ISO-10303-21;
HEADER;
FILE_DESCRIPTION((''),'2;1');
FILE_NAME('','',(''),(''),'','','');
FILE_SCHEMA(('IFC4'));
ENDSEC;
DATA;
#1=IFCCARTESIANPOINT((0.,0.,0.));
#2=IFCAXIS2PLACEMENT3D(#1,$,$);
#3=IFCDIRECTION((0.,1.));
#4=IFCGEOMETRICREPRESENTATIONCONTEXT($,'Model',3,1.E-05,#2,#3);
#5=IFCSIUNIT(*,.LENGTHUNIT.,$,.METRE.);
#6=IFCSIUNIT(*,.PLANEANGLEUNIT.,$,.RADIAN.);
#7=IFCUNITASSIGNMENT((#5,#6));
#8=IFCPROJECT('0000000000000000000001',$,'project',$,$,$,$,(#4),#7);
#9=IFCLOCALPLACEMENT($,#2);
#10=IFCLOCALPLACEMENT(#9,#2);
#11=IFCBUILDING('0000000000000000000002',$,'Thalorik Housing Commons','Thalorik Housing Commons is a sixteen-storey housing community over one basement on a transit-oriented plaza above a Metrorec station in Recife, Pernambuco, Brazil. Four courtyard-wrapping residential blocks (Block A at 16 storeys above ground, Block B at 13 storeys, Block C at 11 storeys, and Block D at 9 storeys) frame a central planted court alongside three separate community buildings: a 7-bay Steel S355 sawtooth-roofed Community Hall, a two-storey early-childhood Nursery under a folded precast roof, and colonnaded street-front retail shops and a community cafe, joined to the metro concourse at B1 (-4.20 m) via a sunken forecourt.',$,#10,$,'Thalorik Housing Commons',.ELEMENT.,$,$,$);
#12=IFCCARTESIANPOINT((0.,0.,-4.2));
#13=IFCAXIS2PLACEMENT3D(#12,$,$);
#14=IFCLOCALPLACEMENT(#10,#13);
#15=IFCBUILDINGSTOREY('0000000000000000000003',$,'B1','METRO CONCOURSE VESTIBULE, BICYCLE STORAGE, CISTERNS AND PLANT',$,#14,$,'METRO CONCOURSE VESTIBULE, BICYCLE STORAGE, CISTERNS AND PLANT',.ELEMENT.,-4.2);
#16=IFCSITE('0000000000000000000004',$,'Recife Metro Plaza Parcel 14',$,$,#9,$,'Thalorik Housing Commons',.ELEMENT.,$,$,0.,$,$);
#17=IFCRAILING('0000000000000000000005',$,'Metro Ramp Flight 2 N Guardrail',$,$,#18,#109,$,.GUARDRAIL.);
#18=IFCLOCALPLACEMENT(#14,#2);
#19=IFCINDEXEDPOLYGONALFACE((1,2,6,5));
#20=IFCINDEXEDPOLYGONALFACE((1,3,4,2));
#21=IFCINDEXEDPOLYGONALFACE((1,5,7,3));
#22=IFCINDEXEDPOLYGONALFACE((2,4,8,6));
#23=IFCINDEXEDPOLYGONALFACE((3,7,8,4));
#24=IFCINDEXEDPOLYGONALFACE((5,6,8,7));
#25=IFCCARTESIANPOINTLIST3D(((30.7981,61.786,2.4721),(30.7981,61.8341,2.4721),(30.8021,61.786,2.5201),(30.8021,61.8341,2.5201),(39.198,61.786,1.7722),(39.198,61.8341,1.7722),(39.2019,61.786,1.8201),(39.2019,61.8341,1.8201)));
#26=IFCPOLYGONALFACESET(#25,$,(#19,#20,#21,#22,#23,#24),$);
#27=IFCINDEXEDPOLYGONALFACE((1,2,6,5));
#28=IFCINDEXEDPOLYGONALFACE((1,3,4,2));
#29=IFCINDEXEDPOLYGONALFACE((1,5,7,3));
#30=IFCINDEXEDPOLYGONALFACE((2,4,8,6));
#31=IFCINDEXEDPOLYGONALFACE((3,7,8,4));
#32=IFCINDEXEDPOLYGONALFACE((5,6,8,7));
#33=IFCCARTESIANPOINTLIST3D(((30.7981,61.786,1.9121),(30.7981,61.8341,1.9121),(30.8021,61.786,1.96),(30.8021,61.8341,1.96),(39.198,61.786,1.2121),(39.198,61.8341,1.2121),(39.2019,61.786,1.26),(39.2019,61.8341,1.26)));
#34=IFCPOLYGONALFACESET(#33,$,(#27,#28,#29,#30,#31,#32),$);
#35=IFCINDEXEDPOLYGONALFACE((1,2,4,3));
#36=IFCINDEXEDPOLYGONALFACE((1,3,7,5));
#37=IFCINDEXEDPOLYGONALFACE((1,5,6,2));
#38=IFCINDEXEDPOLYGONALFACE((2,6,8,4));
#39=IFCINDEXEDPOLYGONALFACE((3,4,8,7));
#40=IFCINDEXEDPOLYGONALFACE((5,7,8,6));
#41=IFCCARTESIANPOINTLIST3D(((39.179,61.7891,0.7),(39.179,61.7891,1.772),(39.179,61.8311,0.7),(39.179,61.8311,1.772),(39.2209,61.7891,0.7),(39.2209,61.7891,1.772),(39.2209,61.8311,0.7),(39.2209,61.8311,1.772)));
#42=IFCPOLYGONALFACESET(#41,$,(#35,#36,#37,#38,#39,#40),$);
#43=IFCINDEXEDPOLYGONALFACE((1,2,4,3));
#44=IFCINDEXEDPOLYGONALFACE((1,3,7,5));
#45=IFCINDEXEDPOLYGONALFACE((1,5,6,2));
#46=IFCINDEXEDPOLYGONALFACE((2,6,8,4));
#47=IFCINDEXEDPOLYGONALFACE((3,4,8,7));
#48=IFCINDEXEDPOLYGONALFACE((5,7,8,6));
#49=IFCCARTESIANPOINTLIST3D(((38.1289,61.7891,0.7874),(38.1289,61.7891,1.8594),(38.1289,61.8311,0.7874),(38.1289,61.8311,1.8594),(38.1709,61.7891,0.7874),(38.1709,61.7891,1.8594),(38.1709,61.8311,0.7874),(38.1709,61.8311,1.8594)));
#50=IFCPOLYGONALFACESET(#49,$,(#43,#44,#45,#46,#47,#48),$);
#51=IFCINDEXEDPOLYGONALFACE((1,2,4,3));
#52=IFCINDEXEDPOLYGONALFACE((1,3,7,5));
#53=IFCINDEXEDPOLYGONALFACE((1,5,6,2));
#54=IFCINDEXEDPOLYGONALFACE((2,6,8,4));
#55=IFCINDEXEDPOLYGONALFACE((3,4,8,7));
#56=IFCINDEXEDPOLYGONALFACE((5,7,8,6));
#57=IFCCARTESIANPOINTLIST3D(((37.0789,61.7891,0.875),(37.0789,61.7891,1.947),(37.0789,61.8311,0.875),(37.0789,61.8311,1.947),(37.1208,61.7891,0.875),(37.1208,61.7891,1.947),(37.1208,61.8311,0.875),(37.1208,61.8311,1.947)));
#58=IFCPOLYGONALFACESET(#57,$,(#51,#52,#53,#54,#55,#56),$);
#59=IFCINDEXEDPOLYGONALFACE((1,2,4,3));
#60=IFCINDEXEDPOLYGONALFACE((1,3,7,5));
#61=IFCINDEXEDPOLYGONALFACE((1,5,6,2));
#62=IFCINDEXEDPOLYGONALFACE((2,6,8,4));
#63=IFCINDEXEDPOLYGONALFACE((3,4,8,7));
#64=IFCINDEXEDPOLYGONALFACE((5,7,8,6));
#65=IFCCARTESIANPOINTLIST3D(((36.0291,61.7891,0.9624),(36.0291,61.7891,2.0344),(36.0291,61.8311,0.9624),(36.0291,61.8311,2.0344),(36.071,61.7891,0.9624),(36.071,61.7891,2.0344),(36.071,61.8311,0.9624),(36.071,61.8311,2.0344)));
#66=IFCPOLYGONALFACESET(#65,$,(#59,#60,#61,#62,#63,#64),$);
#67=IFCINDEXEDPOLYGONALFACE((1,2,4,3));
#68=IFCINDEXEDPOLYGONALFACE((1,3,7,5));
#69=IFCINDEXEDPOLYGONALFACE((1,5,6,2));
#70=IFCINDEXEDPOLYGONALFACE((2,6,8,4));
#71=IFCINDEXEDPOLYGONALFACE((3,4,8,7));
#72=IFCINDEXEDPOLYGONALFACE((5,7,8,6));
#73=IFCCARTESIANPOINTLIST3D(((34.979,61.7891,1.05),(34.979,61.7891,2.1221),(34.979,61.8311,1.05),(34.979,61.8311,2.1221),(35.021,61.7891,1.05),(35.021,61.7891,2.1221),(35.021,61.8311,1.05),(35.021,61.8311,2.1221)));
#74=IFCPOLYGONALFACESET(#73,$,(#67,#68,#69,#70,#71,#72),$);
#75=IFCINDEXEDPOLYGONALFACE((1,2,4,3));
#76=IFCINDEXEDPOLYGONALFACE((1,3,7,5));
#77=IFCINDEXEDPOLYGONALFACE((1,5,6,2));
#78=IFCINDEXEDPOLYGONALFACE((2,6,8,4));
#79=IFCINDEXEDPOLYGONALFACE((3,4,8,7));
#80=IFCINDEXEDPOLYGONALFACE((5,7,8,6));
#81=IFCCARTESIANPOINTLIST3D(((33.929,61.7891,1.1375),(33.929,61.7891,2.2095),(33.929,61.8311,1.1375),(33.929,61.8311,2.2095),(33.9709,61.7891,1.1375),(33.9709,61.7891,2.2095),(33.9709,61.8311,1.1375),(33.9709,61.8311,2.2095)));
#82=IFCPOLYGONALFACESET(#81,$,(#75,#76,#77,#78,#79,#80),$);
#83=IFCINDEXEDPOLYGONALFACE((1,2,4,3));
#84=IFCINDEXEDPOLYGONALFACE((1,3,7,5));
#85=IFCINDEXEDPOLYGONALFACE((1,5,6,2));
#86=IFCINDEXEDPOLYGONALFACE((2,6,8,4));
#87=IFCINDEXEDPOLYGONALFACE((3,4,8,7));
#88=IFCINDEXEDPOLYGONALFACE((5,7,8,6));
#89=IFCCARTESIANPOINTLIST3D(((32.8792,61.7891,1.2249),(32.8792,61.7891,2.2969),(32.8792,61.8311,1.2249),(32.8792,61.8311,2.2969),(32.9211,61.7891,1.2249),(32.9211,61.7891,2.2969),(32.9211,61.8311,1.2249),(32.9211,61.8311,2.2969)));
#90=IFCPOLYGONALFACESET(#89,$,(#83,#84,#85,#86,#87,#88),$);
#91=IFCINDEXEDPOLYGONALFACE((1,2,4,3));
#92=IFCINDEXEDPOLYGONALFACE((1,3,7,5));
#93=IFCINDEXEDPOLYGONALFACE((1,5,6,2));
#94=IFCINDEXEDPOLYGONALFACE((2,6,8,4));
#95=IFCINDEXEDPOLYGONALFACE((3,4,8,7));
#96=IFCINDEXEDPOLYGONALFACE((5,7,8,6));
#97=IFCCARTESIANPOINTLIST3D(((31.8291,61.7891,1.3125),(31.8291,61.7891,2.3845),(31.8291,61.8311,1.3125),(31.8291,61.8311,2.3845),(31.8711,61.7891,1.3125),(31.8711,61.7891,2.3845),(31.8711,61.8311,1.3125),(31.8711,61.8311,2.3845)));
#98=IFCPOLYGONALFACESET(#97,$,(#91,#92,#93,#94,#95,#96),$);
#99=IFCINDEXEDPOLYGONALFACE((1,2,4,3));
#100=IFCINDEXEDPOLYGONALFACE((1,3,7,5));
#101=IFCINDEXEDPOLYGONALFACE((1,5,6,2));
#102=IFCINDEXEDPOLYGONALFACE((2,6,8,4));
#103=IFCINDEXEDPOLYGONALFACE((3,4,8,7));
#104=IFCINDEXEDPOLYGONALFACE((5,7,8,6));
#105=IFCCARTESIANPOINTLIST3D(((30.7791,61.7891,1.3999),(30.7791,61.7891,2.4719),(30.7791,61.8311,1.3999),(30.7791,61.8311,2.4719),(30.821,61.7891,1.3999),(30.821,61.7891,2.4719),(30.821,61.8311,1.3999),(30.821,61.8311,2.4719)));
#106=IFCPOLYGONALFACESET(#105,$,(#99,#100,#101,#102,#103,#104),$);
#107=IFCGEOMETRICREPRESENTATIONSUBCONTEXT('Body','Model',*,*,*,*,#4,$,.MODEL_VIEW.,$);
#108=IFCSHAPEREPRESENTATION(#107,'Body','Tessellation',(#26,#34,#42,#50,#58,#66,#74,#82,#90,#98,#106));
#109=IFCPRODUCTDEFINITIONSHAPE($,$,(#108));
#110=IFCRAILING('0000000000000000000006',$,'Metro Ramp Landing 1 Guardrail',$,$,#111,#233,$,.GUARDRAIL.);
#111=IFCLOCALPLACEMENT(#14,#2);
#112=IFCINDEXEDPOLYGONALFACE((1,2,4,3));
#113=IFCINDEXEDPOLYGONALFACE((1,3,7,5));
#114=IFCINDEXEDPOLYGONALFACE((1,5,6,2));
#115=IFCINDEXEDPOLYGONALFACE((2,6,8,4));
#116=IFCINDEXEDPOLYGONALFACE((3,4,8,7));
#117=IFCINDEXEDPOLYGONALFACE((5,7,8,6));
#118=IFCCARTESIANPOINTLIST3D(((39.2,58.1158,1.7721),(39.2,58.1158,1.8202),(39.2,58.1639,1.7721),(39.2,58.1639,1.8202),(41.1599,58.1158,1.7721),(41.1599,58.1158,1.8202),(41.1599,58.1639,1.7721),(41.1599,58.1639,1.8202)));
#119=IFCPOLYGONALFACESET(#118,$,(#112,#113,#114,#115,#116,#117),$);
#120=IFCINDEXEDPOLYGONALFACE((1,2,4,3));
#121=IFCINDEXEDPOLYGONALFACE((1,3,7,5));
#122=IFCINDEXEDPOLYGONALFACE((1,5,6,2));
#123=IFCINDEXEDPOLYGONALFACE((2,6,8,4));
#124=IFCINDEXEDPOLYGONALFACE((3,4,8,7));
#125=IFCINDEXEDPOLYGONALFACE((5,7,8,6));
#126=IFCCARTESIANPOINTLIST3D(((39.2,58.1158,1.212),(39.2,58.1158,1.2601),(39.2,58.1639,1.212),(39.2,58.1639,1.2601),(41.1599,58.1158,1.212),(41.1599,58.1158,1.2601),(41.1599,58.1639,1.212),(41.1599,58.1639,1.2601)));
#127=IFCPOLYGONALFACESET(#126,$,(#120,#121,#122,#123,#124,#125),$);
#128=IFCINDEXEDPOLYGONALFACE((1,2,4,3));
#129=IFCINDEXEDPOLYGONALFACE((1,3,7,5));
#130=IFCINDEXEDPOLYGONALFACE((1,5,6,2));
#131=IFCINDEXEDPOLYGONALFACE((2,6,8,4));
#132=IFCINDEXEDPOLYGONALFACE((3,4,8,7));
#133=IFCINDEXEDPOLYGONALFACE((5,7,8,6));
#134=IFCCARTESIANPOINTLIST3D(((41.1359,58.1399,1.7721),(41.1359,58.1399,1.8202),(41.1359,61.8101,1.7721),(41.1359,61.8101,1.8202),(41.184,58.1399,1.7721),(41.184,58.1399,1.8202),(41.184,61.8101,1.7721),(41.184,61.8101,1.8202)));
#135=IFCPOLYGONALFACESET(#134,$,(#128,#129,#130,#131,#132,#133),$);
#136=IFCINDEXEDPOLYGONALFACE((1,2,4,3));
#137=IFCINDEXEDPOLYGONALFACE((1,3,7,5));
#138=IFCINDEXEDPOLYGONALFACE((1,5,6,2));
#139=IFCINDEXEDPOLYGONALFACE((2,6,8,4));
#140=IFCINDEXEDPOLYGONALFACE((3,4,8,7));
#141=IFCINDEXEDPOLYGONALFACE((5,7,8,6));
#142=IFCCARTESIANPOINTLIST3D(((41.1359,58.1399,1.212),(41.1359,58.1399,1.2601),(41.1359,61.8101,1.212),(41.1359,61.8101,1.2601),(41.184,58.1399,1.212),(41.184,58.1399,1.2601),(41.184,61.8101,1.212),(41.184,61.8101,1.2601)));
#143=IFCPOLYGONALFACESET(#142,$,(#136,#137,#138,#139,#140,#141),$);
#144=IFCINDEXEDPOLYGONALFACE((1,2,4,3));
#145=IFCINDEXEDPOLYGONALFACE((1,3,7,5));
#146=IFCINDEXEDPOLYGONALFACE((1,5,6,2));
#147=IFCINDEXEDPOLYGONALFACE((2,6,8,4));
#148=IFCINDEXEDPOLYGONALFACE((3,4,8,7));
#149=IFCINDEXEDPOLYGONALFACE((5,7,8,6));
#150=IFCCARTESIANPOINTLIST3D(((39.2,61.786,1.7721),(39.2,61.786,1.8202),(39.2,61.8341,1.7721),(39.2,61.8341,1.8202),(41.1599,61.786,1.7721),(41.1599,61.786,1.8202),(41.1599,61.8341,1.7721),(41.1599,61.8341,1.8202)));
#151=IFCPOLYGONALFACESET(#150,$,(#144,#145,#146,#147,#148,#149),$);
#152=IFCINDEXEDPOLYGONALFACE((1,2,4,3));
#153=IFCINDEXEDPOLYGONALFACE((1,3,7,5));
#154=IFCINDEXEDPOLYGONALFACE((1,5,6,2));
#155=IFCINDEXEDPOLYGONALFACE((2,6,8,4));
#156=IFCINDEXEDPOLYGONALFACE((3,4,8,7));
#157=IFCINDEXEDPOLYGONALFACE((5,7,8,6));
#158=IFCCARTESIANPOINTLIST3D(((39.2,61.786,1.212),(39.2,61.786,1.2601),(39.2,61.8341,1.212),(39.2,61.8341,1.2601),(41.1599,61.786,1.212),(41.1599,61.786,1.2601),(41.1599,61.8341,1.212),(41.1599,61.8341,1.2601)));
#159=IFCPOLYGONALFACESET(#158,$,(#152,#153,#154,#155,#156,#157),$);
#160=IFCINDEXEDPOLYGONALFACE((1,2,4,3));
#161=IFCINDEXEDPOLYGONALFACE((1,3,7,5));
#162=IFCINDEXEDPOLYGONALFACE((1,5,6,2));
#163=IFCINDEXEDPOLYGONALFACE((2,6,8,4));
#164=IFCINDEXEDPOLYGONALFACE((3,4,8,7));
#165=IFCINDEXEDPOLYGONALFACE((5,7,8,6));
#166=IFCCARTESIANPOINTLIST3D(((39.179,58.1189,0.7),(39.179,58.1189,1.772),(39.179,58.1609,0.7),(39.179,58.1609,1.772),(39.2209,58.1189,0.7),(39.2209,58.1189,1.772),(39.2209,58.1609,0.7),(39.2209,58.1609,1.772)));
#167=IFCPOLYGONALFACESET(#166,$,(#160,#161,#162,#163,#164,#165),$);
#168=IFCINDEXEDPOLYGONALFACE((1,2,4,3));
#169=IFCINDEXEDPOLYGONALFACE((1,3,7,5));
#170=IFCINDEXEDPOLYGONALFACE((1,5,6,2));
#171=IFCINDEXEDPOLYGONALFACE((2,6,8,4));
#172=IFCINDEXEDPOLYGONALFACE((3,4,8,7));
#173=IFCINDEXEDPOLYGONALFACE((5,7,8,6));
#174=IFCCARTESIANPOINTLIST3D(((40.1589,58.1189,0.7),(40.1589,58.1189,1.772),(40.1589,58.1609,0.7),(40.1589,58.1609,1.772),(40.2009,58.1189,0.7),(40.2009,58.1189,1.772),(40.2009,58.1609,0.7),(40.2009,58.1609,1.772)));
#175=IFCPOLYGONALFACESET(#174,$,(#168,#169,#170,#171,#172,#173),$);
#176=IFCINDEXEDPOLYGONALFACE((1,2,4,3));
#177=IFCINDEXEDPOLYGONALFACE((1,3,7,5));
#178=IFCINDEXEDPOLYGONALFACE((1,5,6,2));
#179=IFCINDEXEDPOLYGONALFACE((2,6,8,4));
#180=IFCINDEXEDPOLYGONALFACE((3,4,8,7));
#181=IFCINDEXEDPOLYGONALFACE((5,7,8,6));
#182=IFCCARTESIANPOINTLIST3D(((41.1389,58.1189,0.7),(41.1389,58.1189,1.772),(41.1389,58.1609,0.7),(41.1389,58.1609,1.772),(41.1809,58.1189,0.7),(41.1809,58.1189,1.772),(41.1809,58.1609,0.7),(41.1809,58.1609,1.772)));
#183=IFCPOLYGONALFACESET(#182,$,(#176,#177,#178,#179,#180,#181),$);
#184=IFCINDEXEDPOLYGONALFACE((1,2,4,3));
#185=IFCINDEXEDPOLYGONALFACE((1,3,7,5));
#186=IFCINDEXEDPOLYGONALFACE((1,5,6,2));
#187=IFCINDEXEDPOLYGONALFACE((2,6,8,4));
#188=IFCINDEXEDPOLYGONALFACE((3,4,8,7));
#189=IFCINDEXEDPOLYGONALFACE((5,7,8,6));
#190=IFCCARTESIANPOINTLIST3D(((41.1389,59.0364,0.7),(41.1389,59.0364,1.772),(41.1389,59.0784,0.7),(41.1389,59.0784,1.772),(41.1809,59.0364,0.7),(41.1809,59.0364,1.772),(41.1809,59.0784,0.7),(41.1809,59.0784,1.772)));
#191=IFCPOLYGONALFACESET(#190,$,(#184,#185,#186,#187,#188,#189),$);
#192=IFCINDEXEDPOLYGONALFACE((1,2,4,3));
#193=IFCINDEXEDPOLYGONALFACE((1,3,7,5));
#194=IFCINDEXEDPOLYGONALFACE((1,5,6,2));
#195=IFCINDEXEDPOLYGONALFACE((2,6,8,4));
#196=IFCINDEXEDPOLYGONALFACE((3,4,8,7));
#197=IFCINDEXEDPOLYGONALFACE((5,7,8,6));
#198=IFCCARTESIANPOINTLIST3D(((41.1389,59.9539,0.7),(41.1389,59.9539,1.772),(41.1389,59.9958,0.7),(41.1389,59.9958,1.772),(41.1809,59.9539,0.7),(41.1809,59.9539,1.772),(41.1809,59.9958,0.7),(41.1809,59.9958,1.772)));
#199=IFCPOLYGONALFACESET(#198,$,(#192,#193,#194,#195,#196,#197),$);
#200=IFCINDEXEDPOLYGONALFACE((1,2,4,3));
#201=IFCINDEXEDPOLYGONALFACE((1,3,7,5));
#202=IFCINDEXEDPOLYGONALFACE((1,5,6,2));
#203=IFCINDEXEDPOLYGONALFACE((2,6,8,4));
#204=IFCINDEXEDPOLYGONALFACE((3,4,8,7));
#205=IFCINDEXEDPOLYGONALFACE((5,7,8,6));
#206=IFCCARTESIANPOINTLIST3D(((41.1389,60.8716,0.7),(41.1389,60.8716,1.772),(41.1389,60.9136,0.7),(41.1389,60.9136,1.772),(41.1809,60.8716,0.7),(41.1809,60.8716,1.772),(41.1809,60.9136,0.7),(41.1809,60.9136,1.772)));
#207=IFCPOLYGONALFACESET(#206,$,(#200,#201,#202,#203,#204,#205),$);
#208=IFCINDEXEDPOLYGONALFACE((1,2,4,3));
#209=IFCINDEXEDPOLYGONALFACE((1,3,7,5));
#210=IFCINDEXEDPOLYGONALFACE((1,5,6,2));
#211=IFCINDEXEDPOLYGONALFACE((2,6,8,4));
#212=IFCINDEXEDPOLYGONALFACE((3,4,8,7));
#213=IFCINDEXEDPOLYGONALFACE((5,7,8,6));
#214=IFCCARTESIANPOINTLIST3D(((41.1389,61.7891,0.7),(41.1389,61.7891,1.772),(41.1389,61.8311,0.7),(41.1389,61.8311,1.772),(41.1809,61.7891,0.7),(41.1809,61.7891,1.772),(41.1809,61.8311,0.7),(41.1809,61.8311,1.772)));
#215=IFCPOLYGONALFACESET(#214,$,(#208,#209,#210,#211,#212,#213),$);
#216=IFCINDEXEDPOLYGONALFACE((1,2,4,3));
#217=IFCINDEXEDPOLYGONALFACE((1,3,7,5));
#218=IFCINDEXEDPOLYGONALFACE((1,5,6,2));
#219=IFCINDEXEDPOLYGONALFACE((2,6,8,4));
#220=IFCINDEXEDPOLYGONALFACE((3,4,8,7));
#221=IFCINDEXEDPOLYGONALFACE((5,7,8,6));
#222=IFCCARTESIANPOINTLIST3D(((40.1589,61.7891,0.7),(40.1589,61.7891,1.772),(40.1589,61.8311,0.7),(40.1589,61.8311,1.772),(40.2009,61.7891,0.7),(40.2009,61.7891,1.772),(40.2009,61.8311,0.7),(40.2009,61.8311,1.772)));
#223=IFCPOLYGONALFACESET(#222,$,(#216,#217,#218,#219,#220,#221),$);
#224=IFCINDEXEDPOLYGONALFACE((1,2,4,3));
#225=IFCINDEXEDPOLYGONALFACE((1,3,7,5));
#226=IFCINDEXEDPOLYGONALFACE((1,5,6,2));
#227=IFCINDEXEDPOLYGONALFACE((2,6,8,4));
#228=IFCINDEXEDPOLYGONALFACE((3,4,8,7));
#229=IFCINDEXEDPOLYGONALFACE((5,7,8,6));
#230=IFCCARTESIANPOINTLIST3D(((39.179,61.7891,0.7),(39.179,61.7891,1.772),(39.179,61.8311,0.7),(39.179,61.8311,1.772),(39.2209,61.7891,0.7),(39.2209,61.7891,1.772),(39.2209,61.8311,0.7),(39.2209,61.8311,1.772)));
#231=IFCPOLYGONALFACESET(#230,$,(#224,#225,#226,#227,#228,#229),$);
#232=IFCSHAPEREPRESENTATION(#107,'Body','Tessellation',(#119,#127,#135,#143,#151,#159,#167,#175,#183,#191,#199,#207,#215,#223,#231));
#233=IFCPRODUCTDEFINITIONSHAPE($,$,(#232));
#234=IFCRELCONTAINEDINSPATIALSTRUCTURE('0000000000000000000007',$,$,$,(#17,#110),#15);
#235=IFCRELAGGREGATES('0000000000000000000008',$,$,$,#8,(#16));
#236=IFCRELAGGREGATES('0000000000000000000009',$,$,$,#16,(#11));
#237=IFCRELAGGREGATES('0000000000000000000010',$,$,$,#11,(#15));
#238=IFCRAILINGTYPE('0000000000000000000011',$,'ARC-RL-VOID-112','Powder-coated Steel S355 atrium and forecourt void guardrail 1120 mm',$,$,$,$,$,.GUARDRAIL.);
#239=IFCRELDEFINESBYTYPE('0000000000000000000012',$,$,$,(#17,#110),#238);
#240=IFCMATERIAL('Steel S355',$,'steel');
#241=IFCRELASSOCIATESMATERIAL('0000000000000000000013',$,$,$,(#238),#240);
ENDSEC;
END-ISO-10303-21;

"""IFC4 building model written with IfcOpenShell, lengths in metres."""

from ifc_helpers import new_model, si_unit, direction, frame, origin, origin_2d, place, context, subcontext, project, spatial, rectangle, extrude, material, type_object, element, save


model = new_model("IFC4")

# Units and contexts
model_context = context("Model", 3, precision=1e-05, world=origin(), true_north=direction((0.0, 1.0)))
body_context = subcontext(model_context, "Body", "Model", "MODEL_VIEW")
ifc_project = project(units=[si_unit("LENGTHUNIT", "METRE"), si_unit("PLANEANGLEUNIT", "RADIAN")], contexts=[model_context])

# Site, building, storey
site_placement = place(None, origin())
site = spatial("IfcSite", under=ifc_project, at=site_placement, Name="Recife Metro Plaza Parcel 14", LongName="Thalorik Housing Commons", CompositionType="ELEMENT", RefElevation=0.0)
building_placement = place(site_placement, origin())
building = spatial("IfcBuilding", under=site, at=building_placement, Name="Thalorik Housing Commons", Description="Thalorik Housing Commons is a sixteen-storey housing community over one basement on a transit-oriented plaza above a Metrorec station in Recife, Pernambuco, Brazil. Four courtyard-wrapping residential blocks (Block A at 16 storeys above ground, Block B at 13 storeys, Block C at 11 storeys, and Block D at 9 storeys) frame a central planted court alongside three separate community buildings: a 7-bay Steel S355 sawtooth-roofed Community Hall, a two-storey early-childhood Nursery under a folded precast roof, and colonnaded street-front retail shops and a community cafe, joined to the metro concourse at B1 (-4.20 m) via a sunken forecourt.", LongName="Thalorik Housing Commons", CompositionType="ELEMENT")
storey_placement = place(building_placement, frame((0.0, 0.0, -4.2)))
storey = spatial("IfcBuildingStorey", under=building, at=storey_placement, Name="B1", Description="METRO CONCOURSE VESTIBULE, BICYCLE STORAGE, CISTERNS AND PLANT", LongName="METRO CONCOURSE VESTIBULE, BICYCLE STORAGE, CISTERNS AND PLANT", CompositionType="ELEMENT", Elevation=-4.2)

# Railings
ifc_material_1 = material(Name="Steel S355", Category="steel")
railing_type_1 = type_object("IfcRailingType", Name="ARC-RL-VOID-112", Description="Powder-coated Steel S355 atrium and forecourt void guardrail 1120 mm", PredefinedType="GUARDRAIL", material=ifc_material_1)
railing_1_placement = place(storey_placement, frame((39.2, 61.8101, 0.7)))
element("IfcRailing", 1, at=railing_1_placement, inside=storey, type_object=railing_type_1, Name="Metro Ramp Flight 2 N Guardrail", PredefinedType="GUARDRAIL", context=body_context, shape_type="SweptSolid", body=[
    extrude(rectangle(XDim=0.0481, YDim=0.0481, at=origin_2d()), frame((0.0, 0.0, 1.0962), z_axis=(-0.996546, 0.0, 0.083041), x_axis=(0.0, -1.0, 0.0)), (0.0, 0.0, 1.0), 8.429),
    extrude(rectangle(XDim=0.0481, YDim=0.0481, at=origin_2d()), frame((0.0, 0.0, 0.5361), z_axis=(-0.996546, 0.0, 0.083041), x_axis=(0.0, -1.0, 0.0)), (0.0, 0.0, 1.0), 8.429),
    extrude(rectangle(XDim=0.042, YDim=0.042, at=origin_2d()), origin(), (0.0, 0.0, 1.0), 1.072),
    extrude(rectangle(XDim=0.042, YDim=0.042, at=origin_2d()), frame((-1.05, 0.0, 0.0874)), (0.0, 0.0, 1.0), 1.072),
    extrude(rectangle(XDim=0.042, YDim=0.042, at=origin_2d()), frame((-2.1001, 0.0, 0.175)), (0.0, 0.0, 1.0), 1.072),
    extrude(rectangle(XDim=0.042, YDim=0.042, at=origin_2d()), frame((-3.1499, 0.0, 0.2625)), (0.0, 0.0, 1.0), 1.072),
    extrude(rectangle(XDim=0.042, YDim=0.042, at=origin_2d()), frame((-4.2, 0.0, 0.3501)), (0.0, 0.0, 1.0), 1.072),
    extrude(rectangle(XDim=0.042, YDim=0.042, at=origin_2d()), frame((-5.25, 0.0, 0.4375)), (0.0, 0.0, 1.0), 1.072),
    extrude(rectangle(XDim=0.042, YDim=0.042, at=origin_2d()), frame((-6.2998, 0.0, 0.5249)), (0.0, 0.0, 1.0), 1.072),
    extrude(rectangle(XDim=0.042, YDim=0.042, at=origin_2d()), frame((-7.3499, 0.0, 0.6125)), (0.0, 0.0, 1.0), 1.072),
    extrude(rectangle(XDim=0.042, YDim=0.042, at=origin_2d()), frame((-8.3999, 0.0, 0.7)), (0.0, 0.0, 1.0), 1.072),
])
railing_2_placement = place(storey_placement, frame((39.2, 58.1399, 0.7)))
element("IfcRailing", 2, at=railing_2_placement, inside=storey, type_object=railing_type_1, Name="Metro Ramp Landing 1 Guardrail", PredefinedType="GUARDRAIL", context=body_context, shape_type="SweptSolid", body=[
    extrude(rectangle(XDim=0.0481, YDim=0.0481, at=origin_2d()), frame((0.0, 0.0, 1.0962), z_axis=(1.0, 0.0, 0.0), x_axis=(0.0, 1.0, 0.0)), (0.0, 0.0, 1.0), 1.96),
    extrude(rectangle(XDim=0.0481, YDim=0.0481, at=origin_2d()), frame((0.0, 0.0, 0.5361), z_axis=(1.0, 0.0, 0.0), x_axis=(0.0, 1.0, 0.0)), (0.0, 0.0, 1.0), 1.96),
    extrude(rectangle(XDim=0.0481, YDim=0.0481, at=origin_2d()), frame((1.96, 0.0, 1.0962), z_axis=(0.0, 1.0, 0.0), x_axis=(-1.0, 0.0, 0.0)), (0.0, 0.0, 1.0), 3.6702),
    extrude(rectangle(XDim=0.0481, YDim=0.0481, at=origin_2d()), frame((1.96, 0.0, 0.5361), z_axis=(0.0, 1.0, 0.0), x_axis=(-1.0, 0.0, 0.0)), (0.0, 0.0, 1.0), 3.6702),
    extrude(rectangle(XDim=0.0481, YDim=0.0481, at=origin_2d()), frame((1.96, 3.6702, 1.0962), z_axis=(-1.0, 0.0, 0.0), x_axis=(0.0, -1.0, 0.0)), (0.0, 0.0, 1.0), 1.96),
    extrude(rectangle(XDim=0.0481, YDim=0.0481, at=origin_2d()), frame((1.96, 3.6702, 0.5361), z_axis=(-1.0, 0.0, 0.0), x_axis=(0.0, -1.0, 0.0)), (0.0, 0.0, 1.0), 1.96),
    extrude(rectangle(XDim=0.042, YDim=0.042, at=origin_2d()), origin(), (0.0, 0.0, 1.0), 1.072),
    extrude(rectangle(XDim=0.042, YDim=0.042, at=origin_2d()), frame((0.98, 0.0, 0.0)), (0.0, 0.0, 1.0), 1.072),
    extrude(rectangle(XDim=0.042, YDim=0.042, at=origin_2d()), frame((1.96, 0.0, 0.0)), (0.0, 0.0, 1.0), 1.072),
    extrude(rectangle(XDim=0.042, YDim=0.042, at=origin_2d()), frame((1.96, 0.9175, 0.0)), (0.0, 0.0, 1.0), 1.072),
    extrude(rectangle(XDim=0.042, YDim=0.042, at=origin_2d()), frame((1.96, 1.835, 0.0)), (0.0, 0.0, 1.0), 1.072),
    extrude(rectangle(XDim=0.042, YDim=0.042, at=origin_2d()), frame((1.96, 2.7527, 0.0)), (0.0, 0.0, 1.0), 1.072),
    extrude(rectangle(XDim=0.042, YDim=0.042, at=origin_2d()), frame((1.96, 3.6702, 0.0)), (0.0, 0.0, 1.0), 1.072),
    extrude(rectangle(XDim=0.042, YDim=0.042, at=origin_2d()), frame((0.98, 3.6702, 0.0)), (0.0, 0.0, 1.0), 1.072),
    extrude(rectangle(XDim=0.042, YDim=0.042, at=origin_2d()), frame((0.0, 3.6702, 0.0)), (0.0, 0.0, 1.0), 1.072),
])

save(model, "model.ifc")
